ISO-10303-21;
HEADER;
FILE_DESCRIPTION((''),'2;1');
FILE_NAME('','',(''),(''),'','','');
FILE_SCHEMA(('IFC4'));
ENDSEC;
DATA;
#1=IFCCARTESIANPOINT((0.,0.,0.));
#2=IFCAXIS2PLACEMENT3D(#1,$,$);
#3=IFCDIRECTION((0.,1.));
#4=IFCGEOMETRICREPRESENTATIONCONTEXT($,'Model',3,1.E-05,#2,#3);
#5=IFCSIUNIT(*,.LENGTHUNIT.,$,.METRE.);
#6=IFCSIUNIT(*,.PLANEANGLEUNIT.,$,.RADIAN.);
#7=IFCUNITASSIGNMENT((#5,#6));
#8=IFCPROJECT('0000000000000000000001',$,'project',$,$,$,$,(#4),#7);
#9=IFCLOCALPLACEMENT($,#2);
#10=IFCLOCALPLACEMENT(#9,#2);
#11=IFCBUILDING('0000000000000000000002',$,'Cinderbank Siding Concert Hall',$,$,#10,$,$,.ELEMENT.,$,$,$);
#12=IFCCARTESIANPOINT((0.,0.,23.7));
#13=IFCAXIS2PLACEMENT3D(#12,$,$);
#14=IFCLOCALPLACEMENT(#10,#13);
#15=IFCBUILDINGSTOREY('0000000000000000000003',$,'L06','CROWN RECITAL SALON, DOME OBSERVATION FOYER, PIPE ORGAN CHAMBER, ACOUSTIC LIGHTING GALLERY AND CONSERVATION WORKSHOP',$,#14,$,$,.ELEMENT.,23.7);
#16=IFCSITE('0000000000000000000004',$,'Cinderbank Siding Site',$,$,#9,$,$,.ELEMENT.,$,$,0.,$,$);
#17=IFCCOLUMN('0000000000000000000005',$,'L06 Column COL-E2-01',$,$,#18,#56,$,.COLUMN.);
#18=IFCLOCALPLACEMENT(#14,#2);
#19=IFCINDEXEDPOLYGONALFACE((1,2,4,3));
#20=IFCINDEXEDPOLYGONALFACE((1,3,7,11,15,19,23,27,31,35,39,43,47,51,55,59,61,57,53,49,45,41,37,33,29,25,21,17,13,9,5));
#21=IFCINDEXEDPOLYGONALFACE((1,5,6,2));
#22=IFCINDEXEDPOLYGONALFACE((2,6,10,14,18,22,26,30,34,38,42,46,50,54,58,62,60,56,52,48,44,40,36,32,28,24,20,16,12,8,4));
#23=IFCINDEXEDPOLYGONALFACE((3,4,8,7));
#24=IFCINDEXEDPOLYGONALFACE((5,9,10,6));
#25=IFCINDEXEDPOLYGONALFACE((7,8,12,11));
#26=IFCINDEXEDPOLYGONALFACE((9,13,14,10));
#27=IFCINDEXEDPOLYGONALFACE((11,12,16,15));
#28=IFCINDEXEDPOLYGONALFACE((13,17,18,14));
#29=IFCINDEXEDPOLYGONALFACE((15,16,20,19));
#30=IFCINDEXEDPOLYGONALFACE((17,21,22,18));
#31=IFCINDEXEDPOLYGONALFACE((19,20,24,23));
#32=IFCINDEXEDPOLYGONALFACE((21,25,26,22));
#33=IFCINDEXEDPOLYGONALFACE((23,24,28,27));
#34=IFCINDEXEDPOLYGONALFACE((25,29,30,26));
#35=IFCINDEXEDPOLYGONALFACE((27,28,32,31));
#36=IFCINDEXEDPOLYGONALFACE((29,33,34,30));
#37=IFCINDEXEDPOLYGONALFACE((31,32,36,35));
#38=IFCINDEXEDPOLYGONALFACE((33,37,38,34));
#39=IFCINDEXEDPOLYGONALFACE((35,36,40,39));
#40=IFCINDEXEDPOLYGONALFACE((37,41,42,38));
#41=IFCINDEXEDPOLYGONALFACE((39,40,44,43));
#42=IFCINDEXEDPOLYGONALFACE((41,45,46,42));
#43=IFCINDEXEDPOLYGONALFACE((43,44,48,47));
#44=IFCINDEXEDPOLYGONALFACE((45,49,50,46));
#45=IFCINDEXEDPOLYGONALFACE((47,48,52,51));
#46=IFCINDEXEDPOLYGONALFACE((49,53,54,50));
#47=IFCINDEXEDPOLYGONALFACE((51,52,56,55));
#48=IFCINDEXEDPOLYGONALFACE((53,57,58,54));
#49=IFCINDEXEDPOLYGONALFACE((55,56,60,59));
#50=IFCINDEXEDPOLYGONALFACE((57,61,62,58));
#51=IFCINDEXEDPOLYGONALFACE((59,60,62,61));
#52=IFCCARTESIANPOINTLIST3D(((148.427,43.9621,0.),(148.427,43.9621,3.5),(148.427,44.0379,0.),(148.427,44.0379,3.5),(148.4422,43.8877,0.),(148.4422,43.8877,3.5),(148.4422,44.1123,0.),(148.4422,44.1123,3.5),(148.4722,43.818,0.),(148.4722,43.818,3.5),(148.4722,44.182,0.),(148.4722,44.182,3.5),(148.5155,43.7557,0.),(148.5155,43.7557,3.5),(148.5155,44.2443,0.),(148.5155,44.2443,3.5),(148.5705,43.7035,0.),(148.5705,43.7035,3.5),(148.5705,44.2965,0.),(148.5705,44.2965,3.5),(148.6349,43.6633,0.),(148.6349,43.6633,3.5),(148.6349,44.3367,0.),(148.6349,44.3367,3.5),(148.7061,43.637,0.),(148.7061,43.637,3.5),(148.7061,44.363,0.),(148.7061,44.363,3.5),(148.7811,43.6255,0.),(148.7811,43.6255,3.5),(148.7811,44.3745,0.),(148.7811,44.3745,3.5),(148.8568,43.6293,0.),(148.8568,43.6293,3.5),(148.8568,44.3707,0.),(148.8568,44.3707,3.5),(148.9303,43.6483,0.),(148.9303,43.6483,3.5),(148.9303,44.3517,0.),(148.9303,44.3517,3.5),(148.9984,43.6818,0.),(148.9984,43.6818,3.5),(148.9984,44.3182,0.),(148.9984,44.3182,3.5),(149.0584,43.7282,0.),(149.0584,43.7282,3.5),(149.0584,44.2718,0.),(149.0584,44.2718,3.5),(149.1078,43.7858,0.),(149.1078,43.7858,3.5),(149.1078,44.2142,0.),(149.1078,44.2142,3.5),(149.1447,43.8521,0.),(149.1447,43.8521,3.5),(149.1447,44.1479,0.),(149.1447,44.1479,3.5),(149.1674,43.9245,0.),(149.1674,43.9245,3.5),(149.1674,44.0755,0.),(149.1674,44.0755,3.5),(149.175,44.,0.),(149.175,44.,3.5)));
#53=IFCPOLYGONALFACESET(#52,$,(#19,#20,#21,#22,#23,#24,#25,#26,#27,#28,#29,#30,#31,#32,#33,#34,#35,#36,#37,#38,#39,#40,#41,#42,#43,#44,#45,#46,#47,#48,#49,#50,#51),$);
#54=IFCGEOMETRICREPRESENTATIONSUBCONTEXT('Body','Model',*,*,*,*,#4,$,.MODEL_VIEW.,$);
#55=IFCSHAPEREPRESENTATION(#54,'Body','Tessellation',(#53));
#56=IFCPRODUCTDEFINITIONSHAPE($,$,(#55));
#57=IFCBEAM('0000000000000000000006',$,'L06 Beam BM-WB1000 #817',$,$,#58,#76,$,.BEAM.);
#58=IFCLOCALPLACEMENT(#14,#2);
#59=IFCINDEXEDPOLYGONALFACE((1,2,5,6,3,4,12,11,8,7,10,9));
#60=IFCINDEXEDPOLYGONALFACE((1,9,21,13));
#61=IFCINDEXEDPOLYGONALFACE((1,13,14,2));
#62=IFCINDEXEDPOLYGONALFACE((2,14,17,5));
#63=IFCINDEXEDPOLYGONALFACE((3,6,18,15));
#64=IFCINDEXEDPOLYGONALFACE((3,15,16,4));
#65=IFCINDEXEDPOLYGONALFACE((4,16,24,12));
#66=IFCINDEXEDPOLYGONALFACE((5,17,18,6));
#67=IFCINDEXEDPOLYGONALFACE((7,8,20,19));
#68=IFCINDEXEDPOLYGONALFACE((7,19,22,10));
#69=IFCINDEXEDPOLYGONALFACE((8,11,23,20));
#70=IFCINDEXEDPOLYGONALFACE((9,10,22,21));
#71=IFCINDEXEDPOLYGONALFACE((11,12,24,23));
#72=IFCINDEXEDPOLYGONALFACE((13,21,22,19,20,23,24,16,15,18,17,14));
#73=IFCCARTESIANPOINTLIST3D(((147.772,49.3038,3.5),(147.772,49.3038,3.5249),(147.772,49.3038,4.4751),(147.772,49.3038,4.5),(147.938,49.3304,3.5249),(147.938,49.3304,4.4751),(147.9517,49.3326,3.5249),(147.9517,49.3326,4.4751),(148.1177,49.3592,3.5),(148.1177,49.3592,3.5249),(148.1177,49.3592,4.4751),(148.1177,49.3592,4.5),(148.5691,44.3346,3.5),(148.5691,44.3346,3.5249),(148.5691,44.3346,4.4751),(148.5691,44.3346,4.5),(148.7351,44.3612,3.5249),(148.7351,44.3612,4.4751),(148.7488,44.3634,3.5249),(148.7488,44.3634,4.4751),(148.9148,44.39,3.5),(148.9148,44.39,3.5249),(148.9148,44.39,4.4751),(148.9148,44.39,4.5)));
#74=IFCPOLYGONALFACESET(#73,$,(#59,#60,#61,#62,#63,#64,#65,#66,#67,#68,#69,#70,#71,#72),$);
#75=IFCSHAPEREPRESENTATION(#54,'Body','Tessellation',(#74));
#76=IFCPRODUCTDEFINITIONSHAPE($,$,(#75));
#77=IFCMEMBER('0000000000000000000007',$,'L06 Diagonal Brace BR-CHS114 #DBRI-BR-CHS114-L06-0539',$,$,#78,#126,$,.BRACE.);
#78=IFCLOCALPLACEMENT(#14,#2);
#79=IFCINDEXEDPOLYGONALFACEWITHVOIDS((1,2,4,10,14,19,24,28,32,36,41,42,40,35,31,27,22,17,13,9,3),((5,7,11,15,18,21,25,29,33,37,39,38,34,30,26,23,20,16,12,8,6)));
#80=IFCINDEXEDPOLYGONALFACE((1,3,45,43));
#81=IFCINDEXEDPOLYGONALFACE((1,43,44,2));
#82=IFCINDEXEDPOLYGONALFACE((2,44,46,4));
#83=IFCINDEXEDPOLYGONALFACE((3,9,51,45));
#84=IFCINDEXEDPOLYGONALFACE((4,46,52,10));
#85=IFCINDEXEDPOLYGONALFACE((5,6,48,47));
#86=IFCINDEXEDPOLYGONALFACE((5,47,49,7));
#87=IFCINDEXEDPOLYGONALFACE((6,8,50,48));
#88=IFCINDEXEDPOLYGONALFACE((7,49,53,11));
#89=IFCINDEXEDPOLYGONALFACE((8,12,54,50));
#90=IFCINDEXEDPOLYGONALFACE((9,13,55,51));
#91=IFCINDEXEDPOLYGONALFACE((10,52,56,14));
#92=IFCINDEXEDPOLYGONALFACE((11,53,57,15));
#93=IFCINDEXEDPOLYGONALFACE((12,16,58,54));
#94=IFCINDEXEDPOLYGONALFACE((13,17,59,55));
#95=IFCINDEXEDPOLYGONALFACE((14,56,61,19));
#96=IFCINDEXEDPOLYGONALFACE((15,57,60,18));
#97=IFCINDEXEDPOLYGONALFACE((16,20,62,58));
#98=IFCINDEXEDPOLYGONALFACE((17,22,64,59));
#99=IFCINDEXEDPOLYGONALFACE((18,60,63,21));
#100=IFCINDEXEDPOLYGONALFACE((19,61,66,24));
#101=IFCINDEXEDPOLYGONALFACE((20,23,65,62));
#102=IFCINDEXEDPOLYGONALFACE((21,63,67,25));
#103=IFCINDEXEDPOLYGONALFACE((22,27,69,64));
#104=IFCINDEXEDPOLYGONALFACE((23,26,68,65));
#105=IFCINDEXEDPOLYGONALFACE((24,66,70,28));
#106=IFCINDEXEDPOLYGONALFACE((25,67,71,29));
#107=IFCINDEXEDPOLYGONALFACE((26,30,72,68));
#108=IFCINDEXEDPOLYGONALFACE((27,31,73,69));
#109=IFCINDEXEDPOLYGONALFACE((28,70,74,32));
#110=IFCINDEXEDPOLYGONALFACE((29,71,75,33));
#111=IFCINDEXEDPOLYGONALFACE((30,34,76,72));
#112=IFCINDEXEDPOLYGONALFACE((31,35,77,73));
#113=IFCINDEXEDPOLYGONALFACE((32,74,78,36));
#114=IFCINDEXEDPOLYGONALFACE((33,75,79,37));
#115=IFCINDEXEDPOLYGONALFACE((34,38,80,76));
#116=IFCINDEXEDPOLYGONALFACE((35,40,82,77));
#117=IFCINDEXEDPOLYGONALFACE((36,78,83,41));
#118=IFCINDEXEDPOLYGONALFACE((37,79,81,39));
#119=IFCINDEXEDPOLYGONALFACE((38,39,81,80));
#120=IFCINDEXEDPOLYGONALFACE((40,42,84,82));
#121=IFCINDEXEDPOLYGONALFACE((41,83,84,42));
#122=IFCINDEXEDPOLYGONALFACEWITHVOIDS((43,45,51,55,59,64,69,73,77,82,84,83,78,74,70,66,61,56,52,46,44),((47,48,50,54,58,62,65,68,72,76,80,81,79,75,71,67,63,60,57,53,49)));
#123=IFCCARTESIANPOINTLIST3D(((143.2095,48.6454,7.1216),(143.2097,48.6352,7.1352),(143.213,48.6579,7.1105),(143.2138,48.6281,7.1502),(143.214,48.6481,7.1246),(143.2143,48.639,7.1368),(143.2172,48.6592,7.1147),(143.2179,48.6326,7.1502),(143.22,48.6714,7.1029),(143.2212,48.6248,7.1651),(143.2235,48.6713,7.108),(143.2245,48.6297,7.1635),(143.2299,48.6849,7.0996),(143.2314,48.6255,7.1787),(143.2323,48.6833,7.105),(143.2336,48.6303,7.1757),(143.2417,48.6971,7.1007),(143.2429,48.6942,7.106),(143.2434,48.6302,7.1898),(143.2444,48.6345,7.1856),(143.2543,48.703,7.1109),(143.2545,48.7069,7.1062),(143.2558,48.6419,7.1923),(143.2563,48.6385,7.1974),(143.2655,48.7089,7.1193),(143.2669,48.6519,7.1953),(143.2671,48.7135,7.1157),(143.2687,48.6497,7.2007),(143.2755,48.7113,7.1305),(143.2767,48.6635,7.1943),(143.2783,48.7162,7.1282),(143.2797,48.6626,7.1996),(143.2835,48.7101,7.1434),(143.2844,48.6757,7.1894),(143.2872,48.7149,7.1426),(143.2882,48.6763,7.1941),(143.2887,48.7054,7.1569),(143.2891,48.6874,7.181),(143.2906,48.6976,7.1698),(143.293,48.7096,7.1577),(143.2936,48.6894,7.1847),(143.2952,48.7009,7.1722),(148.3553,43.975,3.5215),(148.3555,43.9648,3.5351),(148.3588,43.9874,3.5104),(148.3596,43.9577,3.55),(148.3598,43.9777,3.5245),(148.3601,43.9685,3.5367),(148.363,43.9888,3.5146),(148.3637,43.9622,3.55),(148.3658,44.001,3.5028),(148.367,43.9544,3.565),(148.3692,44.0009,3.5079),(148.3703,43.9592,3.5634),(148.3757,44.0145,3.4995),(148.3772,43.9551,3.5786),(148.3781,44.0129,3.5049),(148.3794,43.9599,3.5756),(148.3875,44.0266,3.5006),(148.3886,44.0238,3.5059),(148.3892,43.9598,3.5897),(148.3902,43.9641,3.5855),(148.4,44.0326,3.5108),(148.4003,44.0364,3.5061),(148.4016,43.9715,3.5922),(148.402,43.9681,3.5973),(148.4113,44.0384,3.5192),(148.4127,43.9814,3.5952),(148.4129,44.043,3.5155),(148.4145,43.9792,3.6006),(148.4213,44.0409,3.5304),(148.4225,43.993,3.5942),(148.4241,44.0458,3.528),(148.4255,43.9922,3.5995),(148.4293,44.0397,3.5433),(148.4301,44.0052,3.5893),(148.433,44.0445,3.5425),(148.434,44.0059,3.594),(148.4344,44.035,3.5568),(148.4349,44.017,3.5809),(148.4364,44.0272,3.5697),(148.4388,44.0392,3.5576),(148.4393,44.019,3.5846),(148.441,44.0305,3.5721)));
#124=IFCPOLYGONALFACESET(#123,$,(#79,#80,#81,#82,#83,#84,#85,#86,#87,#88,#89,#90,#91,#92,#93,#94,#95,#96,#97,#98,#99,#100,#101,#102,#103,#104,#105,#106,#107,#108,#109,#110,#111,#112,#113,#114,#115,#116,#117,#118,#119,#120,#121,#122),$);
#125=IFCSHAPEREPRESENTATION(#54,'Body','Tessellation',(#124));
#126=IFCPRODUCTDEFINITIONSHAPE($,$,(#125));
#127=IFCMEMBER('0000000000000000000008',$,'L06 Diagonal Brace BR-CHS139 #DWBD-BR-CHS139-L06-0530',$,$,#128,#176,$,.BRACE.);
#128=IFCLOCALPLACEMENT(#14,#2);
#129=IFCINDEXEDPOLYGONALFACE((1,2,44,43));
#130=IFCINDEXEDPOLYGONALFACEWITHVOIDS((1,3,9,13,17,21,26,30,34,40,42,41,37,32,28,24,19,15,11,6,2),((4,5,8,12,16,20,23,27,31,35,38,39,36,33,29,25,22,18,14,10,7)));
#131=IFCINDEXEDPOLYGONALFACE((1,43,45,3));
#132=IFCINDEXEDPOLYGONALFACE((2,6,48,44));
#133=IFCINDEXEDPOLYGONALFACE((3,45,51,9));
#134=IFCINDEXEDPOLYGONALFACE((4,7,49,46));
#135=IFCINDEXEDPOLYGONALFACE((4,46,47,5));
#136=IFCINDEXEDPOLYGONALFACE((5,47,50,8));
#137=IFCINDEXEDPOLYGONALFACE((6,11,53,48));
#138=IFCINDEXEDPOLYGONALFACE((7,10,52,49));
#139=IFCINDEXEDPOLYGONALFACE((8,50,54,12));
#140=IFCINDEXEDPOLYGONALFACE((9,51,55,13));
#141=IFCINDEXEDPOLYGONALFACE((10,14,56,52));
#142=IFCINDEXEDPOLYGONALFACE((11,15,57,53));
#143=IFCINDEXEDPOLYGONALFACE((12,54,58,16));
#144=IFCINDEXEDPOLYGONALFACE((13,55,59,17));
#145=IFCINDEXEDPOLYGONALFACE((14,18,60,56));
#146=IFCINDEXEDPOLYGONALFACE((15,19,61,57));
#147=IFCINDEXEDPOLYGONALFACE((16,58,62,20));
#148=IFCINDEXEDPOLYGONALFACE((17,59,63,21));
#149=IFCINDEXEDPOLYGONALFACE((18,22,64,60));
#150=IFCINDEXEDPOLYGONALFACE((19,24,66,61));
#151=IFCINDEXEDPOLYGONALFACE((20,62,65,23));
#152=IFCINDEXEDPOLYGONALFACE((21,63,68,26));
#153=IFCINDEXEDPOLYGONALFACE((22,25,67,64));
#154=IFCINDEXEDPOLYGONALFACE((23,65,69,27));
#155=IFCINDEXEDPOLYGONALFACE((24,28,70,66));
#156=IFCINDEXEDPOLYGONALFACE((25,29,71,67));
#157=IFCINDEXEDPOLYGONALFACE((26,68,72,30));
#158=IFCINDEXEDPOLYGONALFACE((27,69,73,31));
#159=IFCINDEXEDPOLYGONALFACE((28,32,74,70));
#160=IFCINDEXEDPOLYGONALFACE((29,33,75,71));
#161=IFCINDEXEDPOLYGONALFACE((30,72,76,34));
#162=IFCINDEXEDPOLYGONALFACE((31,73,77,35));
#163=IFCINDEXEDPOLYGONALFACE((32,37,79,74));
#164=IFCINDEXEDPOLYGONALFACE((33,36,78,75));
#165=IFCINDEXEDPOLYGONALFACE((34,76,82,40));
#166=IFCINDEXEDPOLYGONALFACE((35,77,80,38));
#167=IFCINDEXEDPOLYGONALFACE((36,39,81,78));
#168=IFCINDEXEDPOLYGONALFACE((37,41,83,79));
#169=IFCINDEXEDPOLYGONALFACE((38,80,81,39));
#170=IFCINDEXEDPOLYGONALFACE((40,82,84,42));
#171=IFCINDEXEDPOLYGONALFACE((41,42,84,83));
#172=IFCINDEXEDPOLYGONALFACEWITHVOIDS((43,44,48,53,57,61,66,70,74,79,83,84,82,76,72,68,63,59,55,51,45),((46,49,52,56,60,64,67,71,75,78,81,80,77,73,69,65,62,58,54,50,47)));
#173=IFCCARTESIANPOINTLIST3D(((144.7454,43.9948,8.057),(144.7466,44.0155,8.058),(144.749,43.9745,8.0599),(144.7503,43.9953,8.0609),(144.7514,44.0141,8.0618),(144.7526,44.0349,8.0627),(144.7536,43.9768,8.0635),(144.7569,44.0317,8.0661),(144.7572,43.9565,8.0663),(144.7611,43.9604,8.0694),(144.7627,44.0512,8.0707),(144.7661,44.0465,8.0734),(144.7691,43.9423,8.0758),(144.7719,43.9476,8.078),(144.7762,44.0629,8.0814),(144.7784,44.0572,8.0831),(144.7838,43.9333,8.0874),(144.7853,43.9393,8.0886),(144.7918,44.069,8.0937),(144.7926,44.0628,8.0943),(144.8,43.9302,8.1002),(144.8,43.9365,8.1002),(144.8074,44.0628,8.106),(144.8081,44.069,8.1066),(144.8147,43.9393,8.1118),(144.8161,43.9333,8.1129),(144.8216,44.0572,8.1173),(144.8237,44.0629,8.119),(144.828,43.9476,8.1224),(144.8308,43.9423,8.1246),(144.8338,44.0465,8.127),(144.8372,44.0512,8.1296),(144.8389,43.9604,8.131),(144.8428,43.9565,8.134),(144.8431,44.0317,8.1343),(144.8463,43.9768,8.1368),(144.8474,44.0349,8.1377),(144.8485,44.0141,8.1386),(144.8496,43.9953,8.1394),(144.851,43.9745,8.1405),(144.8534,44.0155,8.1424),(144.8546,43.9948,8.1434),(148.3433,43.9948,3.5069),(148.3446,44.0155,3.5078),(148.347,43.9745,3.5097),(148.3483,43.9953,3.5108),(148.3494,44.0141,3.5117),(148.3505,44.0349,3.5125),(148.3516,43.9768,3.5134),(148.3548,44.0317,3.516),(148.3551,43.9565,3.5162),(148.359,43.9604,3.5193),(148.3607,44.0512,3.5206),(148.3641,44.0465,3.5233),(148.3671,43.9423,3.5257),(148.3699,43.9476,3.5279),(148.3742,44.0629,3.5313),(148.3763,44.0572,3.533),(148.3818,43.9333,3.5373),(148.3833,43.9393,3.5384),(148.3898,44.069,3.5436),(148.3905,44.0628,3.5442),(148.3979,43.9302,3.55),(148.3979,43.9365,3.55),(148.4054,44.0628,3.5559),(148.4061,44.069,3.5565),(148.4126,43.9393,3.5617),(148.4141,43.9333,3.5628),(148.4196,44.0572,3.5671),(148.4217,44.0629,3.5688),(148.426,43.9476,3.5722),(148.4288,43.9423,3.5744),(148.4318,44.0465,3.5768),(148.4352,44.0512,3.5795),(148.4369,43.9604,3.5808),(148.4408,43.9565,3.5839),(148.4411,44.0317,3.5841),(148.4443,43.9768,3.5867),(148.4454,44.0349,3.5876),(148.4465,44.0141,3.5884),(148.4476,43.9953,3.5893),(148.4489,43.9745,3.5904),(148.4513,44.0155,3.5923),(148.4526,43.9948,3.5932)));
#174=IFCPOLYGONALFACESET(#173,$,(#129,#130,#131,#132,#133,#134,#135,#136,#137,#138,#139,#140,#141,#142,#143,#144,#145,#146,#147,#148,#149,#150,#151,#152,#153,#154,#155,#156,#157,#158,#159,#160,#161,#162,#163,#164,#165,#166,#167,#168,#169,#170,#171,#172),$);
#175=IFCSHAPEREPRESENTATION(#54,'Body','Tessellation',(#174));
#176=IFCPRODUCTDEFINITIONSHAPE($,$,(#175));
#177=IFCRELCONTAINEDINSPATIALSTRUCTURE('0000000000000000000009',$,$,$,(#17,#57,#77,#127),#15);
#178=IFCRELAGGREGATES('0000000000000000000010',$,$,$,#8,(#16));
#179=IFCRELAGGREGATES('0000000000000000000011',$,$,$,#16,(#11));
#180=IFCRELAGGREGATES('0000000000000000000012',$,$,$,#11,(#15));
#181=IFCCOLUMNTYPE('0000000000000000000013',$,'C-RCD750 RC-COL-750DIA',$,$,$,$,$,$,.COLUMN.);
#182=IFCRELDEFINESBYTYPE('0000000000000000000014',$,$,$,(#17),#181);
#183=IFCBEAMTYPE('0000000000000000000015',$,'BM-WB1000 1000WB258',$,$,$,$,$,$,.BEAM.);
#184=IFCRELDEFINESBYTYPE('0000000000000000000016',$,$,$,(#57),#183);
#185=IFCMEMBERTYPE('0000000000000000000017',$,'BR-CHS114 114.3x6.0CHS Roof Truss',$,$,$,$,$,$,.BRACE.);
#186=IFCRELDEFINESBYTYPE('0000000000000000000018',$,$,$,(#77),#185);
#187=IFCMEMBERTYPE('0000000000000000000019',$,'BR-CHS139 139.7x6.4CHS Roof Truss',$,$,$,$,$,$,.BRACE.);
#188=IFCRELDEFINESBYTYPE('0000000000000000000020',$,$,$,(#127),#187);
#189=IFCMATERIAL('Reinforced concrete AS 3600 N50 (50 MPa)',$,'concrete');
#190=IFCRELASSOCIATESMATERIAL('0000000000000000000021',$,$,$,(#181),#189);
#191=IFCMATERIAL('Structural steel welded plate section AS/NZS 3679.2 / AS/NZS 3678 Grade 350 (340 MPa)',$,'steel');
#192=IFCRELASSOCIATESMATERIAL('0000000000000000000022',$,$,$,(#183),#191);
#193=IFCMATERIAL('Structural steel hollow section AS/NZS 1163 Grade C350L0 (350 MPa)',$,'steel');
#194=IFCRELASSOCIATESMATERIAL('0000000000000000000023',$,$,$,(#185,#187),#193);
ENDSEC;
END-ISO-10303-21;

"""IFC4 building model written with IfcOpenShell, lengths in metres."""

from ifc_helpers import new_model, si_unit, direction, frame, origin, origin_2d, place, context, subcontext, project, spatial, circle, hollow_circle, i_section, extrude, material, material_profile, profile_set, type_object, element, save


model = new_model("IFC4")

# Units and contexts
model_context = context("Model", 3, precision=1e-05, world=origin(), true_north=direction((0.0, 1.0)))
body_context = subcontext(model_context, "Body", "Model", "MODEL_VIEW")
ifc_project = project(units=[si_unit("LENGTHUNIT", "METRE"), si_unit("PLANEANGLEUNIT", "RADIAN")], contexts=[model_context])

# Site, building, storey
site_placement = place(None, origin())
site = spatial("IfcSite", under=ifc_project, at=site_placement, Name="Cinderbank Siding Site", CompositionType="ELEMENT", RefElevation=0.0)
building_placement = place(site_placement, origin())
building = spatial("IfcBuilding", under=site, at=building_placement, Name="Cinderbank Siding Concert Hall", CompositionType="ELEMENT")
storey_placement = place(building_placement, frame((0.0, 0.0, 23.7)))
storey = spatial("IfcBuildingStorey", under=building, at=storey_placement, Name="L06", Description="CROWN RECITAL SALON, DOME OBSERVATION FOYER, PIPE ORGAN CHAMBER, ACOUSTIC LIGHTING GALLERY AND CONSERVATION WORKSHOP", CompositionType="ELEMENT", Elevation=23.7)

# Column
ifc_material_1 = material(Name="Reinforced concrete AS 3600 N50 (50 MPa)", Category="concrete")
ifc_material_profile_1 = material_profile(ifc_material_1, circle(Radius=0.375, at=origin_2d()), Name="RC-COL-750DIA", Category="LoadBearing")
ifc_profile_set_1 = profile_set([ifc_material_profile_1], Name="Reinforced concrete AS 3600 N50 (50 MPa)")
column_type = type_object("IfcColumnType", Name="C-RCD750 RC-COL-750DIA", PredefinedType="COLUMN", material=ifc_profile_set_1)
column_placement = place(storey_placement, frame((148.8, 44.0, 0.0), z_axis=(0.0, 0.0, 1.0), x_axis=(1.0, 0.0, 0.0)))
element("IfcColumn", 1, at=column_placement, inside=storey, type_object=column_type, Name="L06 Column COL-E2-01", PredefinedType="COLUMN", context=body_context, shape_type="SweptSolid", body=[
    extrude(circle(Radius=0.375, at=origin_2d()), origin(), (0.0, 0.0, 1.0), 3.5),
])

# Beam
ifc_material_2 = material(Name="Structural steel welded plate section AS/NZS 3679.2 / AS/NZS 3678 Grade 350 (340 MPa)", Category="steel")
ifc_material_profile_2 = material_profile(ifc_material_2, i_section(OverallWidth=0.3501, OverallDepth=1.0, WebThickness=0.0139, FlangeThickness=0.0249, at=origin_2d()), Name="1000WB258", Category="LoadBearing")
ifc_profile_set_2 = profile_set([ifc_material_profile_2], Name="Structural steel welded plate section AS/NZS 3679.2 / AS/NZS 3678 Grade 350 (340 MPa)")
beam_type = type_object("IfcBeamType", Name="BM-WB1000 1000WB258", PredefinedType="BEAM", material=ifc_profile_set_2)
beam_placement = place(storey_placement, frame((148.7419, 44.3623, 4.0), z_axis=(-0.158386, 0.987377, 0.0), x_axis=(-0.987377, -0.158386, 0.0)))
element("IfcBeam", 2, at=beam_placement, inside=storey, type_object=beam_type, Name="L06 Beam BM-WB1000 #817", PredefinedType="BEAM", context=body_context, shape_type="SweptSolid", body=[
    extrude(i_section(OverallWidth=0.3501, OverallDepth=1.0, WebThickness=0.0139, FlangeThickness=0.0249, at=origin_2d()), origin(), (0.0, 0.0, 1.0), 5.0327),
])

# Members
ifc_material_3 = material(Name="Structural steel hollow section AS/NZS 1163 Grade C350L0 (350 MPa)", Category="steel")
ifc_material_profile_3 = material_profile(ifc_material_3, hollow_circle(Radius=0.0571, WallThickness=0.0061, at=origin_2d()), Name="114.3x6.0CHS", Category="LoadBearing")
ifc_profile_set_3 = profile_set([ifc_material_profile_3], Name="Structural steel hollow section AS/NZS 1163 Grade C350L0 (350 MPa)")
member_type_1 = type_object("IfcMemberType", Name="BR-CHS114 114.3x6.0CHS Roof Truss", PredefinedType="BRACE", material=ifc_profile_set_3)
member_1_placement = place(storey_placement, frame((148.3979, 44.0, 3.55), z_axis=(-0.657488, 0.596752, 0.459995), x_axis=(-0.672078, -0.74048, 0.0)))
element("IfcMember", 3, at=member_1_placement, inside=storey, type_object=member_type_1, Name="L06 Diagonal Brace BR-CHS114 #DBRI-BR-CHS114-L06-0539", PredefinedType="BRACE", context=body_context, shape_type="SweptSolid", body=[
    extrude(hollow_circle(Radius=0.0571, WallThickness=0.0061, at=origin_2d()), origin(), (0.0, 0.0, 1.0), 7.8264),
])
ifc_material_profile_4 = material_profile(ifc_material_3, hollow_circle(Radius=0.0698, WallThickness=0.0063, at=origin_2d()), Name="139.7x6.4CHS", Category="LoadBearing")
ifc_profile_set_4 = profile_set([ifc_material_profile_4], Name="Structural steel hollow section AS/NZS 1163 Grade C350L0 (350 MPa)")
member_type_2 = type_object("IfcMemberType", Name="BR-CHS139 139.7x6.4CHS Roof Truss", PredefinedType="BRACE", material=ifc_profile_set_4)
member_2_placement = place(storey_placement, frame((148.3979, 44.0, 3.55), z_axis=(-0.620255, 0.0, 0.7844), x_axis=(0.0, -1.0, 0.0)))
element("IfcMember", 4, at=member_2_placement, inside=storey, type_object=member_type_2, Name="L06 Diagonal Brace BR-CHS139 #DWBD-BR-CHS139-L06-0530", PredefinedType="BRACE", context=body_context, shape_type="SweptSolid", body=[
    extrude(hollow_circle(Radius=0.0698, WallThickness=0.0063, at=origin_2d()), origin(), (0.0, 0.0, 1.0), 5.8008),
])

save(model, "model.ifc")
